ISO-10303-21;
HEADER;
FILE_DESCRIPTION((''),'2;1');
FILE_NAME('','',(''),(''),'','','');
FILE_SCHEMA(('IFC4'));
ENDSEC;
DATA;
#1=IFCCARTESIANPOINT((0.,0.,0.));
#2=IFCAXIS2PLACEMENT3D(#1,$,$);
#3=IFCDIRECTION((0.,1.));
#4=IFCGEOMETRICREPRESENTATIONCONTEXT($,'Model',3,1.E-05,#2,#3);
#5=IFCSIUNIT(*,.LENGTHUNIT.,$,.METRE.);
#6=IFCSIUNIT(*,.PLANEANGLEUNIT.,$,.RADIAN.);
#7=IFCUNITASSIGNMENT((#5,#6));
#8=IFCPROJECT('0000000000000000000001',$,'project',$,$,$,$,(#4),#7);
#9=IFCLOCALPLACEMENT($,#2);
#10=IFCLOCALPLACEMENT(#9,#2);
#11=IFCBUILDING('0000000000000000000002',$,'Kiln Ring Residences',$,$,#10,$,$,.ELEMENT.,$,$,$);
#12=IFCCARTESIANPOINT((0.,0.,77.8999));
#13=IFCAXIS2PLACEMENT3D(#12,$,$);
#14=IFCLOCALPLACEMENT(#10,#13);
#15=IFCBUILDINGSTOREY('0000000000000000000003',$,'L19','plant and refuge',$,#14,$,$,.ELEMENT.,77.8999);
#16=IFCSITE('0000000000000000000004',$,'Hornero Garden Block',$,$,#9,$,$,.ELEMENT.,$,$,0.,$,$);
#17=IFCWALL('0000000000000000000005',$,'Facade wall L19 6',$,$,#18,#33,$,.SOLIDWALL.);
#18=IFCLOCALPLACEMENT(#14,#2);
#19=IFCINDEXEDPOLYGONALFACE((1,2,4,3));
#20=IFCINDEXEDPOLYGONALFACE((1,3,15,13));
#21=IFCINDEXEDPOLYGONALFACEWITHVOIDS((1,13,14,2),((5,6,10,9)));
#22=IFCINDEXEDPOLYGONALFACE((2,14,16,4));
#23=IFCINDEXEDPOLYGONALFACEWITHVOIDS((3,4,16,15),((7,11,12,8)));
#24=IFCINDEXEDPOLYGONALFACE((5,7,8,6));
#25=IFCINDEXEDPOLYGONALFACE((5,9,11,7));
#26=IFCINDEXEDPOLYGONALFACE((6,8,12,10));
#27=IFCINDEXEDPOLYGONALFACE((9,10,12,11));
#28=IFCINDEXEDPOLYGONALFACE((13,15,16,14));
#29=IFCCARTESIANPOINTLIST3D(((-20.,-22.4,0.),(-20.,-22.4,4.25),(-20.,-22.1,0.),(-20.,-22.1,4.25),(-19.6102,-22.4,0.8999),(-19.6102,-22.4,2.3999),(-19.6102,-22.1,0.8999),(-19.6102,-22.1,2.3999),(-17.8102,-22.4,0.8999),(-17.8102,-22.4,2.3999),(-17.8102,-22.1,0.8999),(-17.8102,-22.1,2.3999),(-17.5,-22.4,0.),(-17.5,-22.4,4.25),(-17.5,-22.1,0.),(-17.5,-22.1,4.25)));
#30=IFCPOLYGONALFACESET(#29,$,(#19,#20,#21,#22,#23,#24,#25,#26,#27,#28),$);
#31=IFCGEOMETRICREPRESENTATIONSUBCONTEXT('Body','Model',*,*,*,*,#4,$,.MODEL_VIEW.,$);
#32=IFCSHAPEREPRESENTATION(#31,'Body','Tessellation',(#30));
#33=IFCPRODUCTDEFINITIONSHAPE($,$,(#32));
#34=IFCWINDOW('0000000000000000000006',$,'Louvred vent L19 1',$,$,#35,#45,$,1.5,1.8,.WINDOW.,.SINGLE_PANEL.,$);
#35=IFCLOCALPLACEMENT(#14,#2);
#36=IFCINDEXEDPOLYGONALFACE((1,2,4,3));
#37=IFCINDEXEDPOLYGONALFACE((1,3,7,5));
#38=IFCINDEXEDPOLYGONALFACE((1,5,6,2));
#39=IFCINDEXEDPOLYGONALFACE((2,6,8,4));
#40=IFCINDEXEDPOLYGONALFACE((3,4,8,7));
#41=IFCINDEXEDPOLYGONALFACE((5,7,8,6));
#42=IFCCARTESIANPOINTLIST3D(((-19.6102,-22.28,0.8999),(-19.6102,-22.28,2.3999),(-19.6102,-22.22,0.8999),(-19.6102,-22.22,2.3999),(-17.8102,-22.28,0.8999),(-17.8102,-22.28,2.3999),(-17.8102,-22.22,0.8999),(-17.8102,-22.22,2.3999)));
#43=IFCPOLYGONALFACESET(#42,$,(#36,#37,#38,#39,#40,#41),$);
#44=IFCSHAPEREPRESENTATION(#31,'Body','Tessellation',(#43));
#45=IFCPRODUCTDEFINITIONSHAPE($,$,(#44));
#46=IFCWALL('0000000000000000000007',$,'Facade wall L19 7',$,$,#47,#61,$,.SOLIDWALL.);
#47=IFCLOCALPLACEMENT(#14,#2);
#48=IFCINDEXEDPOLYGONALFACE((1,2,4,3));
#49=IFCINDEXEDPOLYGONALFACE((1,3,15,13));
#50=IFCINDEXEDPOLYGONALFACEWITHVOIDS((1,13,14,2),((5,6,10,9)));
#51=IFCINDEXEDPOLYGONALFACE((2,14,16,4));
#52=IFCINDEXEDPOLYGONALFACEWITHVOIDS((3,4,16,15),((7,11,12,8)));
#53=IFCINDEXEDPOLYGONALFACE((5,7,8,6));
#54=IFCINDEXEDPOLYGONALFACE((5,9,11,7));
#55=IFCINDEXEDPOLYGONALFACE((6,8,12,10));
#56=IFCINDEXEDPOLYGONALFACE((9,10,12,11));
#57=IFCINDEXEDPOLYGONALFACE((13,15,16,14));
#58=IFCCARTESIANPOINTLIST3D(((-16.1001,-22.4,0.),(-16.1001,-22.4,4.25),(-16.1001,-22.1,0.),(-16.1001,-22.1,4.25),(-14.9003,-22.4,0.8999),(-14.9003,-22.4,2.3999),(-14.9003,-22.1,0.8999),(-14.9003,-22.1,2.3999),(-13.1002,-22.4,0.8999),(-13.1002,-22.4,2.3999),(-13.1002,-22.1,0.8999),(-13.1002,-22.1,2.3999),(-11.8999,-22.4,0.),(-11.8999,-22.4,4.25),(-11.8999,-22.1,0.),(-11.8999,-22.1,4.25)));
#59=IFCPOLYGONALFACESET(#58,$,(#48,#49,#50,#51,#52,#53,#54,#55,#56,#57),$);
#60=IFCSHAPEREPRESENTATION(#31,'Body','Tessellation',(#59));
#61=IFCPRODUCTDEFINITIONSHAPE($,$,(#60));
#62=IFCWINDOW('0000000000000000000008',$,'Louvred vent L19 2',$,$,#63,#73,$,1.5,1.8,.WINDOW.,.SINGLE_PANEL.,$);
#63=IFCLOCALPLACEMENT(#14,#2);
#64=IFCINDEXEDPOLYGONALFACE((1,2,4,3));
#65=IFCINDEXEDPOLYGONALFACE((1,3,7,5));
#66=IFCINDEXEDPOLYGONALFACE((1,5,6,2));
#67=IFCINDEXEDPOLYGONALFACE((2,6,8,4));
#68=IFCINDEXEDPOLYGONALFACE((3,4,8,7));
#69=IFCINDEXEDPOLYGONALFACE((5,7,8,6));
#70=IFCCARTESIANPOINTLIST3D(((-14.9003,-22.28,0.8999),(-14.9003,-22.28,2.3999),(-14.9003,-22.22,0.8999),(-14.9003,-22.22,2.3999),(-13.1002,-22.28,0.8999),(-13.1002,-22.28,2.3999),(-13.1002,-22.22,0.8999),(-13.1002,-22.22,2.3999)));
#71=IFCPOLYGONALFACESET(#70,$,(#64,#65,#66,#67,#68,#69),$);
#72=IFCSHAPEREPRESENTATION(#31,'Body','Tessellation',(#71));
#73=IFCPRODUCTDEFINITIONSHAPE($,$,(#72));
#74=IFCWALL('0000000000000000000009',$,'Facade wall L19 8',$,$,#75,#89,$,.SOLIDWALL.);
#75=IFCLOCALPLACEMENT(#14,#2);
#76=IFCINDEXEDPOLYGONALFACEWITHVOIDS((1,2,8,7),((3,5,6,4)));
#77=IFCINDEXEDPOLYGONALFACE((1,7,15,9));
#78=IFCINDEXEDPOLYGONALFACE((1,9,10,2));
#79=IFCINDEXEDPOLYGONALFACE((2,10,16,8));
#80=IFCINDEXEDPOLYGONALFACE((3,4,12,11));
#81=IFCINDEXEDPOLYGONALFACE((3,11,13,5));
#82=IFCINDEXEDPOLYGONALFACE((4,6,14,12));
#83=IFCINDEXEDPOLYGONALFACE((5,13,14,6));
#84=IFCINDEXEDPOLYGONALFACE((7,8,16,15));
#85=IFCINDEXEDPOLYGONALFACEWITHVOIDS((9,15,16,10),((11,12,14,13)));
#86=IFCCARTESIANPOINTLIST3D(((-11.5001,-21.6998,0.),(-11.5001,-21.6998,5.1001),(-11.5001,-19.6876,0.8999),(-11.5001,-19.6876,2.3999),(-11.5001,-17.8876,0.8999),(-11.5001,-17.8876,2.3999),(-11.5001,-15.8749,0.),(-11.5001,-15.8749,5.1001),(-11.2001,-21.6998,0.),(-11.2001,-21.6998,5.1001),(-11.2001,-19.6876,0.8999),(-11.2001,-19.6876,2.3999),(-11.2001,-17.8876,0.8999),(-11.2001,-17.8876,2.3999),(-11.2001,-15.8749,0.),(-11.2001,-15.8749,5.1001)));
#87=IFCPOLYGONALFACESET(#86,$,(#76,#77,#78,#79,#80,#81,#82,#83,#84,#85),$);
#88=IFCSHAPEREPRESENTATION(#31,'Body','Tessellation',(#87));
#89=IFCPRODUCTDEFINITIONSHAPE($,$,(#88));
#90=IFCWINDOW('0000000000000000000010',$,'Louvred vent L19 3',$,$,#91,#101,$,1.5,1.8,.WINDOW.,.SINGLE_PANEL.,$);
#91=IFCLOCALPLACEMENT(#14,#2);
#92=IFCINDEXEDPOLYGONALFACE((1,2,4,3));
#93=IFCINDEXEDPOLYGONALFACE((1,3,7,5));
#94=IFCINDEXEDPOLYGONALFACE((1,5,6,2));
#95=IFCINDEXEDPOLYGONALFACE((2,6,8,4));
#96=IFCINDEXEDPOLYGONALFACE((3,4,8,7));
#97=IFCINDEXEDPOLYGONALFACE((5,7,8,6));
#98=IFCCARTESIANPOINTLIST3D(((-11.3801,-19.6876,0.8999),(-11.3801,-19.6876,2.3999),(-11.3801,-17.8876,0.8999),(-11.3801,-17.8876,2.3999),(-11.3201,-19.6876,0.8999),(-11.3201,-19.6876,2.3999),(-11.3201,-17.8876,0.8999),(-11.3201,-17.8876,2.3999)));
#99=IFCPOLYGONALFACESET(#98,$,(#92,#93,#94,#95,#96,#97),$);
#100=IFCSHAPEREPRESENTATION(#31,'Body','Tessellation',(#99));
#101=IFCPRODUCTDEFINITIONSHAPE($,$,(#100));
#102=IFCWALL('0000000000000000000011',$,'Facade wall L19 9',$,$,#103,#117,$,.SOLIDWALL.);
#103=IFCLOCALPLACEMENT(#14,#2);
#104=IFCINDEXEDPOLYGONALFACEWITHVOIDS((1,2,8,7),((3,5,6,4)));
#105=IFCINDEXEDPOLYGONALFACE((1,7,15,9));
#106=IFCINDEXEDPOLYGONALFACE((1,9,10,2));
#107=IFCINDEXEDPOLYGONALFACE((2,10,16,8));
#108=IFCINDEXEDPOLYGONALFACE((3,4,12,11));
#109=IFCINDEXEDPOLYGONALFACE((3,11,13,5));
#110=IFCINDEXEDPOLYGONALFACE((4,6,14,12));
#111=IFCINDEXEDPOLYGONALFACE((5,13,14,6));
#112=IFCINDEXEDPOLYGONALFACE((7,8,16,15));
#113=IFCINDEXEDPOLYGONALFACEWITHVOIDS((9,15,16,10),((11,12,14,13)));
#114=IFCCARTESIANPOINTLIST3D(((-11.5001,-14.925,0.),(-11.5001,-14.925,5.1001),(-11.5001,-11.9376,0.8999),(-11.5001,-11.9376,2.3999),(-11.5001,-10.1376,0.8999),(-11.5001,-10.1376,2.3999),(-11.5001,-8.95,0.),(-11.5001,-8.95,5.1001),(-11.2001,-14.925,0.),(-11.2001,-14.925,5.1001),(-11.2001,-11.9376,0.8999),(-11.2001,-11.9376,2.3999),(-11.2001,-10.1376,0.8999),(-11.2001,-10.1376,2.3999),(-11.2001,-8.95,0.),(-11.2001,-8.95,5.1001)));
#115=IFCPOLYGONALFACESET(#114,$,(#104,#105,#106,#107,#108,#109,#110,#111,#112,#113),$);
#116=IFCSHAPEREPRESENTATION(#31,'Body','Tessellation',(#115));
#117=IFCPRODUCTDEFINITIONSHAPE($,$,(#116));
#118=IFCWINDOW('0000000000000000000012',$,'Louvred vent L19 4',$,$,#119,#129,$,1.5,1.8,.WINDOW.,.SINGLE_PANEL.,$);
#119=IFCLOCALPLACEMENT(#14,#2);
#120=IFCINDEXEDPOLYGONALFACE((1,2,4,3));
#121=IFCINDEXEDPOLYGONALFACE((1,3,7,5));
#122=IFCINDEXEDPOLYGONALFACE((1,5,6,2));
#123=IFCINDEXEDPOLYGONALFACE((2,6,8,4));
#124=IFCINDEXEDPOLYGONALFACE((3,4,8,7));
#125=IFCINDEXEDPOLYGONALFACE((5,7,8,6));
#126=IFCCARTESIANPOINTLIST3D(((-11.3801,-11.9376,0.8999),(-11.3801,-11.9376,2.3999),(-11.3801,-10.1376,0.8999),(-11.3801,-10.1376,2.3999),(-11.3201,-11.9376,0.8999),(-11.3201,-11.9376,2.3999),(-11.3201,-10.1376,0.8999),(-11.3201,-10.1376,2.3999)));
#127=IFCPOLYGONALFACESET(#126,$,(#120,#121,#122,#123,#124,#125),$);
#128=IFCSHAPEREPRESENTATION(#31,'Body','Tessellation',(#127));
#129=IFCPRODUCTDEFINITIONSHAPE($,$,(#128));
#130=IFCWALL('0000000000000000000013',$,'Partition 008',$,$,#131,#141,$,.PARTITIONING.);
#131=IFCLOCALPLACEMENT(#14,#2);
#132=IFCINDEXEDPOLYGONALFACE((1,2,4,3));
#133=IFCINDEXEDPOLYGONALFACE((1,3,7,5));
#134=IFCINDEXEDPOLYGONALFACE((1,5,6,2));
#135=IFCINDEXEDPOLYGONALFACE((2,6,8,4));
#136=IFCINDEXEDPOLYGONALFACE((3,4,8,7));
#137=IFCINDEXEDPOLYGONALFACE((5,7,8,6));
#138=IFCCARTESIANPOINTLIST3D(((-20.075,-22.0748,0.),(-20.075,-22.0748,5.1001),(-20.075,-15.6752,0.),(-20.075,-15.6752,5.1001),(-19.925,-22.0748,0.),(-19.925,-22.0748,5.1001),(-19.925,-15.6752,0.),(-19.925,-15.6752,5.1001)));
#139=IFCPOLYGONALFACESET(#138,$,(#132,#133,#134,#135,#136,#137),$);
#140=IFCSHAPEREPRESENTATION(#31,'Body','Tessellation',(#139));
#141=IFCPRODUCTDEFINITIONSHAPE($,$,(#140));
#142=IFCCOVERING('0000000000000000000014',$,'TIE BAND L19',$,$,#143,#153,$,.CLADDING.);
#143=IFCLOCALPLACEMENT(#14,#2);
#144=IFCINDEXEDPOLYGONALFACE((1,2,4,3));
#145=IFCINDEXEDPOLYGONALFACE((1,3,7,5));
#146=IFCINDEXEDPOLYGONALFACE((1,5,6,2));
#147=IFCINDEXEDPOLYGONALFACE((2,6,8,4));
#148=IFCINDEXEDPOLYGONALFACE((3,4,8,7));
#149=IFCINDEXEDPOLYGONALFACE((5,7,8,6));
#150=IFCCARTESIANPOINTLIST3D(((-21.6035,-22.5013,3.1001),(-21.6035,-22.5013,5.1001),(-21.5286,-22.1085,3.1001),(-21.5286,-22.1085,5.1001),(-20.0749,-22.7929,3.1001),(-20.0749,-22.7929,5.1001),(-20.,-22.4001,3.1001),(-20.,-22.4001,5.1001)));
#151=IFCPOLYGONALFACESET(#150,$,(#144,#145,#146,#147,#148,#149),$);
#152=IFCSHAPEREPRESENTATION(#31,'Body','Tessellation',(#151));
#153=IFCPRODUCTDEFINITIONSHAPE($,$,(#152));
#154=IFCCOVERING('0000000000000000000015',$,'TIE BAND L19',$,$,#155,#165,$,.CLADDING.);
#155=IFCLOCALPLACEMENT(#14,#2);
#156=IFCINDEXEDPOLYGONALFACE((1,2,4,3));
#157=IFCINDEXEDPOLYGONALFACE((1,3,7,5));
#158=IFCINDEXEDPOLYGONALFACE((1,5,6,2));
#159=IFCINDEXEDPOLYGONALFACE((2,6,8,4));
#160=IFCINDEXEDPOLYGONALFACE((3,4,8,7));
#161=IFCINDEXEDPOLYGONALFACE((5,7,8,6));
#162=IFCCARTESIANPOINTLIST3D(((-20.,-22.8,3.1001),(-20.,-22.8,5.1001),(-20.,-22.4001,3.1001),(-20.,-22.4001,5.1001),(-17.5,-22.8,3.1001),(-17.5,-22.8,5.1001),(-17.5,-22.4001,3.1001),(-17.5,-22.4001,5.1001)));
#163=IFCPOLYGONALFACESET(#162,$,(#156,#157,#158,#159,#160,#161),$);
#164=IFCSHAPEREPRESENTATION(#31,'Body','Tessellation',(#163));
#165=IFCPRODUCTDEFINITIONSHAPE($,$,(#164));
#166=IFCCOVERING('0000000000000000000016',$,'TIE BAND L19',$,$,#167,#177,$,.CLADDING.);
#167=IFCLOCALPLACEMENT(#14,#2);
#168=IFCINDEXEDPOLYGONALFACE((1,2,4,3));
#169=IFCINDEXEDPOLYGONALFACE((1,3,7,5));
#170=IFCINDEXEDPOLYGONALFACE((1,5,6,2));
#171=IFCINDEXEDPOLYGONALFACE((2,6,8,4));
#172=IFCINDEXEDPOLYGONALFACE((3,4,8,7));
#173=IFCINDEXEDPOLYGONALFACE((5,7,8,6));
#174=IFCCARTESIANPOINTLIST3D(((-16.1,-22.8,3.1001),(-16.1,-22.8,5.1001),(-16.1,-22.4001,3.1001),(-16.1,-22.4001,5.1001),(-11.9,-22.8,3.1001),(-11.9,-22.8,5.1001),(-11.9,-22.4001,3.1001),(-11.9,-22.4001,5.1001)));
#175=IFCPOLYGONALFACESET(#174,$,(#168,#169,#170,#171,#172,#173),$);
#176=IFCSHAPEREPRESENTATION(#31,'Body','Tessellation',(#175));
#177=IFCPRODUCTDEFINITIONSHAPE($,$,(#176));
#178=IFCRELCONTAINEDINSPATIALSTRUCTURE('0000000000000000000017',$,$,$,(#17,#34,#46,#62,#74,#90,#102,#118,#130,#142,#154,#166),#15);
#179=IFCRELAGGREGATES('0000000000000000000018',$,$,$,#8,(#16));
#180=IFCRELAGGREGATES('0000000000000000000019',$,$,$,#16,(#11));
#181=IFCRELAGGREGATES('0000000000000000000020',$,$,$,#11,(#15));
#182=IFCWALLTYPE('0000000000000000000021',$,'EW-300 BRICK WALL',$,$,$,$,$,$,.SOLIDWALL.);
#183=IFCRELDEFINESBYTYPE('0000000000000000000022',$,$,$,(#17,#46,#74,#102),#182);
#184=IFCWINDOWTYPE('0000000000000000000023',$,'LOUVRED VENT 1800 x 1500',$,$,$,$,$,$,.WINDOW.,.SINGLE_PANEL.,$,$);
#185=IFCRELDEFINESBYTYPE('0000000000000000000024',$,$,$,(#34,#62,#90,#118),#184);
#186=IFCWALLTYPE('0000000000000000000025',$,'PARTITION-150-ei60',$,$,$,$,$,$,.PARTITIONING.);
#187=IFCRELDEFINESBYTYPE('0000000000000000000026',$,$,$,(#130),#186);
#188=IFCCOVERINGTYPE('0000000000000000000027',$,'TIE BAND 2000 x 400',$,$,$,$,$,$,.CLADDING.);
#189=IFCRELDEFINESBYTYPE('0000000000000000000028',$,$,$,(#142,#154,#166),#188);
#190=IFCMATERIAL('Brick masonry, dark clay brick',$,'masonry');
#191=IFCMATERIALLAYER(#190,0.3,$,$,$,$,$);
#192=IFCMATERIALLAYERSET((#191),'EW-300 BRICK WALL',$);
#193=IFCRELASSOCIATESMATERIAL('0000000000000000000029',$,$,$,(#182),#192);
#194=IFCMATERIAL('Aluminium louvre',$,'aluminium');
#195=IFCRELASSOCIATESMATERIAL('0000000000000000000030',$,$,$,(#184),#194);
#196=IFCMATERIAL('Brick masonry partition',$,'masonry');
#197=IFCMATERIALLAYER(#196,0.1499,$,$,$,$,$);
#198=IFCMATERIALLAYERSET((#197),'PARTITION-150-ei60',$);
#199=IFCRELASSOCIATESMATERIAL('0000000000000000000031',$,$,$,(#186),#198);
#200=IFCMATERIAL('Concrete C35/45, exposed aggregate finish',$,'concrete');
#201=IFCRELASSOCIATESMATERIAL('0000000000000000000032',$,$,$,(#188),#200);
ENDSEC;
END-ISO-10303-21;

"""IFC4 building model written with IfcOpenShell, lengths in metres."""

from ifc_helpers import new_model, si_unit, direction, frame, frame_2d, origin, origin_2d, place, context, subcontext, project, spatial, rectangle, extrude, material, layer, layer_set, type_object, element, fill, save


model = new_model("IFC4")

# Units and contexts
model_context = context("Model", 3, precision=1e-05, world=origin(), true_north=direction((0.0, 1.0)))
body_context = subcontext(model_context, "Body", "Model", "MODEL_VIEW")
ifc_project = project(units=[si_unit("LENGTHUNIT", "METRE"), si_unit("PLANEANGLEUNIT", "RADIAN")], contexts=[model_context])

# Site, building, storey
site_placement = place(None, origin())
site = spatial("IfcSite", under=ifc_project, at=site_placement, Name="Hornero Garden Block", CompositionType="ELEMENT", RefElevation=0.0)
building_placement = place(site_placement, origin())
building = spatial("IfcBuilding", under=site, at=building_placement, Name="Kiln Ring Residences", CompositionType="ELEMENT")
storey_placement = place(building_placement, frame((0.0, 0.0, 77.8999)))
storey = spatial("IfcBuildingStorey", under=building, at=storey_placement, Name="L19", Description="plant and refuge", CompositionType="ELEMENT", Elevation=77.8999)

# Walls, openings, windows
ifc_material_1 = material(Name="Brick masonry, dark clay brick", Category="masonry")
ifc_layer_1 = layer(ifc_material_1, 0.3)
ifc_layer_set_1 = layer_set([ifc_layer_1], Name="EW-300 BRICK WALL")
wall_type_1 = type_object("IfcWallType", Name="EW-300 BRICK WALL", PredefinedType="SOLIDWALL", material=ifc_layer_set_1)
wall_1_placement = place(storey_placement, frame((-20.0, -22.25, 0.0), z_axis=(0.0, 0.0, 1.0), x_axis=(1.0, 0.0, 0.0)))
wall_1 = element("IfcWall", 1, at=wall_1_placement, inside=storey, type_object=wall_type_1, Name="Facade wall L19 6", PredefinedType="SOLIDWALL", context=body_context, shape_type="SweptSolid", body=[
    extrude(rectangle(XDim=2.5, YDim=0.3, at=frame_2d((1.25, 0.0))), origin(), (0.0, 0.0, 1.0), 4.25),
])
opening_1_placement = place(wall_1_placement, frame((0.3899, 0.0, 0.8999)))
opening_1 = element("IfcOpeningElement", 2, at=opening_1_placement, cuts=wall_1, PredefinedType="OPENING", context=body_context, shape_type="SweptSolid", body=[
    extrude(rectangle(XDim=1.8, YDim=1.5, at=frame_2d((0.8999, 0.75))), frame((0.0, 0.1599, 0.0), z_axis=(0.0, -1.0, 0.0), x_axis=(1.0, 0.0, 0.0)), (0.0, 0.0, 1.0), 0.3201),
])
ifc_material_2 = material(Name="Aluminium louvre", Category="aluminium")
window_type = type_object("IfcWindowType", Name="LOUVRED VENT 1800 x 1500", PartitioningType="SINGLE_PANEL", PredefinedType="WINDOW", material=ifc_material_2)
window_1_placement = place(opening_1_placement, origin())
window_1 = element("IfcWindow", 3, at=window_1_placement, inside=storey, type_object=window_type, Name="Louvred vent L19 1", OverallHeight=1.5, OverallWidth=1.8, PartitioningType="SINGLE_PANEL", PredefinedType="WINDOW", context=body_context, shape_type="SweptSolid", body=[
    extrude(rectangle(XDim=1.8, YDim=1.5, at=frame_2d((0.8999, 0.75))), frame((0.0, 0.03, 0.0), z_axis=(0.0, -1.0, 0.0), x_axis=(1.0, 0.0, 0.0)), (0.0, 0.0, 1.0), 0.0601),
])
fill(opening_1, window_1)
wall_2_placement = place(storey_placement, frame((-16.1001, -22.25, 0.0), z_axis=(0.0, 0.0, 1.0), x_axis=(1.0, 0.0, 0.0)))
wall_2 = element("IfcWall", 4, at=wall_2_placement, inside=storey, type_object=wall_type_1, Name="Facade wall L19 7", PredefinedType="SOLIDWALL", context=body_context, shape_type="SweptSolid", body=[
    extrude(rectangle(XDim=4.2002, YDim=0.3, at=frame_2d((2.1001, 0.0))), origin(), (0.0, 0.0, 1.0), 4.25),
])
opening_2_placement = place(wall_2_placement, frame((1.2, 0.0, 0.8999)))
opening_2 = element("IfcOpeningElement", 5, at=opening_2_placement, cuts=wall_2, PredefinedType="OPENING", context=body_context, shape_type="SweptSolid", body=[
    extrude(rectangle(XDim=1.8, YDim=1.5, at=frame_2d((0.8999, 0.75))), frame((0.0, 0.1599, 0.0), z_axis=(0.0, -1.0, 0.0), x_axis=(1.0, 0.0, 0.0)), (0.0, 0.0, 1.0), 0.3201),
])
window_2_placement = place(opening_2_placement, origin())
window_2 = element("IfcWindow", 6, at=window_2_placement, inside=storey, type_object=window_type, Name="Louvred vent L19 2", OverallHeight=1.5, OverallWidth=1.8, PartitioningType="SINGLE_PANEL", PredefinedType="WINDOW", context=body_context, shape_type="SweptSolid", body=[
    extrude(rectangle(XDim=1.8, YDim=1.5, at=frame_2d((0.8999, 0.75))), frame((0.0, 0.03, 0.0), z_axis=(0.0, -1.0, 0.0), x_axis=(1.0, 0.0, 0.0)), (0.0, 0.0, 1.0), 0.0601),
])
fill(opening_2, window_2)
wall_3_placement = place(storey_placement, frame((-11.3501, -21.7, 0.0), z_axis=(0.0, 0.0, 1.0), x_axis=(0.0, 1.0, 0.0)))
wall_3 = element("IfcWall", 7, at=wall_3_placement, inside=storey, type_object=wall_type_1, Name="Facade wall L19 8", PredefinedType="SOLIDWALL", context=body_context, shape_type="SweptSolid", body=[
    extrude(rectangle(XDim=5.825, YDim=0.3, at=frame_2d((2.9126, 0.0))), origin(), (0.0, 0.0, 1.0), 5.1001),
])
opening_3_placement = place(wall_3_placement, frame((2.0125, 0.0, 0.8999)))
opening_3 = element("IfcOpeningElement", 8, at=opening_3_placement, cuts=wall_3, PredefinedType="OPENING", context=body_context, shape_type="SweptSolid", body=[
    extrude(rectangle(XDim=1.8, YDim=1.5, at=frame_2d((0.8999, 0.75))), frame((0.0, 0.1599, 0.0), z_axis=(0.0, -1.0, 0.0), x_axis=(1.0, 0.0, 0.0)), (0.0, 0.0, 1.0), 0.3201),
])
window_3_placement = place(opening_3_placement, origin())
window_3 = element("IfcWindow", 9, at=window_3_placement, inside=storey, type_object=window_type, Name="Louvred vent L19 3", OverallHeight=1.5, OverallWidth=1.8, PartitioningType="SINGLE_PANEL", PredefinedType="WINDOW", context=body_context, shape_type="SweptSolid", body=[
    extrude(rectangle(XDim=1.8, YDim=1.5, at=frame_2d((0.8999, 0.75))), frame((0.0, 0.03, 0.0), z_axis=(0.0, -1.0, 0.0), x_axis=(1.0, 0.0, 0.0)), (0.0, 0.0, 1.0), 0.0601),
])
fill(opening_3, window_3)
wall_4_placement = place(storey_placement, frame((-11.3501, -14.925, 0.0), z_axis=(0.0, 0.0, 1.0), x_axis=(0.0, 1.0, 0.0)))
wall_4 = element("IfcWall", 10, at=wall_4_placement, inside=storey, type_object=wall_type_1, Name="Facade wall L19 9", PredefinedType="SOLIDWALL", context=body_context, shape_type="SweptSolid", body=[
    extrude(rectangle(XDim=5.9751, YDim=0.3, at=frame_2d((2.9875, 0.0))), origin(), (0.0, 0.0, 1.0), 5.1001),
])
opening_4_placement = place(wall_4_placement, frame((2.9875, 0.0, 0.8999)))
opening_4 = element("IfcOpeningElement", 11, at=opening_4_placement, cuts=wall_4, PredefinedType="OPENING", context=body_context, shape_type="SweptSolid", body=[
    extrude(rectangle(XDim=1.8, YDim=1.5, at=frame_2d((0.8999, 0.75))), frame((0.0, 0.1599, 0.0), z_axis=(0.0, -1.0, 0.0), x_axis=(1.0, 0.0, 0.0)), (0.0, 0.0, 1.0), 0.3201),
])
window_4_placement = place(opening_4_placement, origin())
window_4 = element("IfcWindow", 12, at=window_4_placement, inside=storey, type_object=window_type, Name="Louvred vent L19 4", OverallHeight=1.5, OverallWidth=1.8, PartitioningType="SINGLE_PANEL", PredefinedType="WINDOW", context=body_context, shape_type="SweptSolid", body=[
    extrude(rectangle(XDim=1.8, YDim=1.5, at=frame_2d((0.8999, 0.75))), frame((0.0, 0.03, 0.0), z_axis=(0.0, -1.0, 0.0), x_axis=(1.0, 0.0, 0.0)), (0.0, 0.0, 1.0), 0.0601),
])
fill(opening_4, window_4)

# Wall
ifc_material_3 = material(Name="Brick masonry partition", Category="masonry")
ifc_layer_2 = layer(ifc_material_3, 0.1499)
ifc_layer_set_2 = layer_set([ifc_layer_2], Name="PARTITION-150-ei60")
wall_type_2 = type_object("IfcWallType", Name="PARTITION-150-ei60", PredefinedType="PARTITIONING", material=ifc_layer_set_2)
wall_5_placement = place(storey_placement, frame((-20.0, -22.0747, 0.0), z_axis=(0.0, 0.0, 1.0), x_axis=(0.0, 1.0, 0.0)))
element("IfcWall", 13, at=wall_5_placement, inside=storey, type_object=wall_type_2, Name="Partition 008", PredefinedType="PARTITIONING", context=body_context, shape_type="SweptSolid", body=[
    extrude(rectangle(XDim=6.3997, YDim=0.1499, at=frame_2d((3.1997, 0.0))), origin(), (0.0, 0.0, 1.0), 5.1001),
])

# Coverings
ifc_material_4 = material(Name="Concrete C35/45, exposed aggregate finish", Category="concrete")
covering_type = type_object("IfcCoveringType", Name="TIE BAND 2000 x 400", PredefinedType="CLADDING", material=ifc_material_4)
covering_1_placement = place(storey_placement, frame((-20.8018, -22.4507, 3.1001), z_axis=(0.0, 0.0, 1.0), x_axis=(0.98229, -0.187366, 0.0)))
element("IfcCovering", 14, at=covering_1_placement, inside=storey, type_object=covering_type, Name="TIE BAND L19", PredefinedType="CLADDING", context=body_context, shape_type="SweptSolid", body=[
    extrude(rectangle(XDim=1.5562, YDim=0.3999, at=origin_2d()), origin(), (0.0, 0.0, 1.0), 2.0),
])
covering_2_placement = place(storey_placement, frame((-18.75, -22.6001, 3.1001), z_axis=(0.0, 0.0, 1.0), x_axis=(1.0, 0.0, 0.0)))
element("IfcCovering", 15, at=covering_2_placement, inside=storey, type_object=covering_type, Name="TIE BAND L19", PredefinedType="CLADDING", context=body_context, shape_type="SweptSolid", body=[
    extrude(rectangle(XDim=2.5, YDim=0.3999, at=origin_2d()), origin(), (0.0, 0.0, 1.0), 2.0),
])
covering_3_placement = place(storey_placement, frame((-14.0, -22.6001, 3.1001), z_axis=(0.0, 0.0, 1.0), x_axis=(1.0, 0.0, 0.0)))
element("IfcCovering", 16, at=covering_3_placement, inside=storey, type_object=covering_type, Name="TIE BAND L19", PredefinedType="CLADDING", context=body_context, shape_type="SweptSolid", body=[
    extrude(rectangle(XDim=4.2, YDim=0.3999, at=origin_2d()), origin(), (0.0, 0.0, 1.0), 2.0),
])

save(model, "model.ifc")
